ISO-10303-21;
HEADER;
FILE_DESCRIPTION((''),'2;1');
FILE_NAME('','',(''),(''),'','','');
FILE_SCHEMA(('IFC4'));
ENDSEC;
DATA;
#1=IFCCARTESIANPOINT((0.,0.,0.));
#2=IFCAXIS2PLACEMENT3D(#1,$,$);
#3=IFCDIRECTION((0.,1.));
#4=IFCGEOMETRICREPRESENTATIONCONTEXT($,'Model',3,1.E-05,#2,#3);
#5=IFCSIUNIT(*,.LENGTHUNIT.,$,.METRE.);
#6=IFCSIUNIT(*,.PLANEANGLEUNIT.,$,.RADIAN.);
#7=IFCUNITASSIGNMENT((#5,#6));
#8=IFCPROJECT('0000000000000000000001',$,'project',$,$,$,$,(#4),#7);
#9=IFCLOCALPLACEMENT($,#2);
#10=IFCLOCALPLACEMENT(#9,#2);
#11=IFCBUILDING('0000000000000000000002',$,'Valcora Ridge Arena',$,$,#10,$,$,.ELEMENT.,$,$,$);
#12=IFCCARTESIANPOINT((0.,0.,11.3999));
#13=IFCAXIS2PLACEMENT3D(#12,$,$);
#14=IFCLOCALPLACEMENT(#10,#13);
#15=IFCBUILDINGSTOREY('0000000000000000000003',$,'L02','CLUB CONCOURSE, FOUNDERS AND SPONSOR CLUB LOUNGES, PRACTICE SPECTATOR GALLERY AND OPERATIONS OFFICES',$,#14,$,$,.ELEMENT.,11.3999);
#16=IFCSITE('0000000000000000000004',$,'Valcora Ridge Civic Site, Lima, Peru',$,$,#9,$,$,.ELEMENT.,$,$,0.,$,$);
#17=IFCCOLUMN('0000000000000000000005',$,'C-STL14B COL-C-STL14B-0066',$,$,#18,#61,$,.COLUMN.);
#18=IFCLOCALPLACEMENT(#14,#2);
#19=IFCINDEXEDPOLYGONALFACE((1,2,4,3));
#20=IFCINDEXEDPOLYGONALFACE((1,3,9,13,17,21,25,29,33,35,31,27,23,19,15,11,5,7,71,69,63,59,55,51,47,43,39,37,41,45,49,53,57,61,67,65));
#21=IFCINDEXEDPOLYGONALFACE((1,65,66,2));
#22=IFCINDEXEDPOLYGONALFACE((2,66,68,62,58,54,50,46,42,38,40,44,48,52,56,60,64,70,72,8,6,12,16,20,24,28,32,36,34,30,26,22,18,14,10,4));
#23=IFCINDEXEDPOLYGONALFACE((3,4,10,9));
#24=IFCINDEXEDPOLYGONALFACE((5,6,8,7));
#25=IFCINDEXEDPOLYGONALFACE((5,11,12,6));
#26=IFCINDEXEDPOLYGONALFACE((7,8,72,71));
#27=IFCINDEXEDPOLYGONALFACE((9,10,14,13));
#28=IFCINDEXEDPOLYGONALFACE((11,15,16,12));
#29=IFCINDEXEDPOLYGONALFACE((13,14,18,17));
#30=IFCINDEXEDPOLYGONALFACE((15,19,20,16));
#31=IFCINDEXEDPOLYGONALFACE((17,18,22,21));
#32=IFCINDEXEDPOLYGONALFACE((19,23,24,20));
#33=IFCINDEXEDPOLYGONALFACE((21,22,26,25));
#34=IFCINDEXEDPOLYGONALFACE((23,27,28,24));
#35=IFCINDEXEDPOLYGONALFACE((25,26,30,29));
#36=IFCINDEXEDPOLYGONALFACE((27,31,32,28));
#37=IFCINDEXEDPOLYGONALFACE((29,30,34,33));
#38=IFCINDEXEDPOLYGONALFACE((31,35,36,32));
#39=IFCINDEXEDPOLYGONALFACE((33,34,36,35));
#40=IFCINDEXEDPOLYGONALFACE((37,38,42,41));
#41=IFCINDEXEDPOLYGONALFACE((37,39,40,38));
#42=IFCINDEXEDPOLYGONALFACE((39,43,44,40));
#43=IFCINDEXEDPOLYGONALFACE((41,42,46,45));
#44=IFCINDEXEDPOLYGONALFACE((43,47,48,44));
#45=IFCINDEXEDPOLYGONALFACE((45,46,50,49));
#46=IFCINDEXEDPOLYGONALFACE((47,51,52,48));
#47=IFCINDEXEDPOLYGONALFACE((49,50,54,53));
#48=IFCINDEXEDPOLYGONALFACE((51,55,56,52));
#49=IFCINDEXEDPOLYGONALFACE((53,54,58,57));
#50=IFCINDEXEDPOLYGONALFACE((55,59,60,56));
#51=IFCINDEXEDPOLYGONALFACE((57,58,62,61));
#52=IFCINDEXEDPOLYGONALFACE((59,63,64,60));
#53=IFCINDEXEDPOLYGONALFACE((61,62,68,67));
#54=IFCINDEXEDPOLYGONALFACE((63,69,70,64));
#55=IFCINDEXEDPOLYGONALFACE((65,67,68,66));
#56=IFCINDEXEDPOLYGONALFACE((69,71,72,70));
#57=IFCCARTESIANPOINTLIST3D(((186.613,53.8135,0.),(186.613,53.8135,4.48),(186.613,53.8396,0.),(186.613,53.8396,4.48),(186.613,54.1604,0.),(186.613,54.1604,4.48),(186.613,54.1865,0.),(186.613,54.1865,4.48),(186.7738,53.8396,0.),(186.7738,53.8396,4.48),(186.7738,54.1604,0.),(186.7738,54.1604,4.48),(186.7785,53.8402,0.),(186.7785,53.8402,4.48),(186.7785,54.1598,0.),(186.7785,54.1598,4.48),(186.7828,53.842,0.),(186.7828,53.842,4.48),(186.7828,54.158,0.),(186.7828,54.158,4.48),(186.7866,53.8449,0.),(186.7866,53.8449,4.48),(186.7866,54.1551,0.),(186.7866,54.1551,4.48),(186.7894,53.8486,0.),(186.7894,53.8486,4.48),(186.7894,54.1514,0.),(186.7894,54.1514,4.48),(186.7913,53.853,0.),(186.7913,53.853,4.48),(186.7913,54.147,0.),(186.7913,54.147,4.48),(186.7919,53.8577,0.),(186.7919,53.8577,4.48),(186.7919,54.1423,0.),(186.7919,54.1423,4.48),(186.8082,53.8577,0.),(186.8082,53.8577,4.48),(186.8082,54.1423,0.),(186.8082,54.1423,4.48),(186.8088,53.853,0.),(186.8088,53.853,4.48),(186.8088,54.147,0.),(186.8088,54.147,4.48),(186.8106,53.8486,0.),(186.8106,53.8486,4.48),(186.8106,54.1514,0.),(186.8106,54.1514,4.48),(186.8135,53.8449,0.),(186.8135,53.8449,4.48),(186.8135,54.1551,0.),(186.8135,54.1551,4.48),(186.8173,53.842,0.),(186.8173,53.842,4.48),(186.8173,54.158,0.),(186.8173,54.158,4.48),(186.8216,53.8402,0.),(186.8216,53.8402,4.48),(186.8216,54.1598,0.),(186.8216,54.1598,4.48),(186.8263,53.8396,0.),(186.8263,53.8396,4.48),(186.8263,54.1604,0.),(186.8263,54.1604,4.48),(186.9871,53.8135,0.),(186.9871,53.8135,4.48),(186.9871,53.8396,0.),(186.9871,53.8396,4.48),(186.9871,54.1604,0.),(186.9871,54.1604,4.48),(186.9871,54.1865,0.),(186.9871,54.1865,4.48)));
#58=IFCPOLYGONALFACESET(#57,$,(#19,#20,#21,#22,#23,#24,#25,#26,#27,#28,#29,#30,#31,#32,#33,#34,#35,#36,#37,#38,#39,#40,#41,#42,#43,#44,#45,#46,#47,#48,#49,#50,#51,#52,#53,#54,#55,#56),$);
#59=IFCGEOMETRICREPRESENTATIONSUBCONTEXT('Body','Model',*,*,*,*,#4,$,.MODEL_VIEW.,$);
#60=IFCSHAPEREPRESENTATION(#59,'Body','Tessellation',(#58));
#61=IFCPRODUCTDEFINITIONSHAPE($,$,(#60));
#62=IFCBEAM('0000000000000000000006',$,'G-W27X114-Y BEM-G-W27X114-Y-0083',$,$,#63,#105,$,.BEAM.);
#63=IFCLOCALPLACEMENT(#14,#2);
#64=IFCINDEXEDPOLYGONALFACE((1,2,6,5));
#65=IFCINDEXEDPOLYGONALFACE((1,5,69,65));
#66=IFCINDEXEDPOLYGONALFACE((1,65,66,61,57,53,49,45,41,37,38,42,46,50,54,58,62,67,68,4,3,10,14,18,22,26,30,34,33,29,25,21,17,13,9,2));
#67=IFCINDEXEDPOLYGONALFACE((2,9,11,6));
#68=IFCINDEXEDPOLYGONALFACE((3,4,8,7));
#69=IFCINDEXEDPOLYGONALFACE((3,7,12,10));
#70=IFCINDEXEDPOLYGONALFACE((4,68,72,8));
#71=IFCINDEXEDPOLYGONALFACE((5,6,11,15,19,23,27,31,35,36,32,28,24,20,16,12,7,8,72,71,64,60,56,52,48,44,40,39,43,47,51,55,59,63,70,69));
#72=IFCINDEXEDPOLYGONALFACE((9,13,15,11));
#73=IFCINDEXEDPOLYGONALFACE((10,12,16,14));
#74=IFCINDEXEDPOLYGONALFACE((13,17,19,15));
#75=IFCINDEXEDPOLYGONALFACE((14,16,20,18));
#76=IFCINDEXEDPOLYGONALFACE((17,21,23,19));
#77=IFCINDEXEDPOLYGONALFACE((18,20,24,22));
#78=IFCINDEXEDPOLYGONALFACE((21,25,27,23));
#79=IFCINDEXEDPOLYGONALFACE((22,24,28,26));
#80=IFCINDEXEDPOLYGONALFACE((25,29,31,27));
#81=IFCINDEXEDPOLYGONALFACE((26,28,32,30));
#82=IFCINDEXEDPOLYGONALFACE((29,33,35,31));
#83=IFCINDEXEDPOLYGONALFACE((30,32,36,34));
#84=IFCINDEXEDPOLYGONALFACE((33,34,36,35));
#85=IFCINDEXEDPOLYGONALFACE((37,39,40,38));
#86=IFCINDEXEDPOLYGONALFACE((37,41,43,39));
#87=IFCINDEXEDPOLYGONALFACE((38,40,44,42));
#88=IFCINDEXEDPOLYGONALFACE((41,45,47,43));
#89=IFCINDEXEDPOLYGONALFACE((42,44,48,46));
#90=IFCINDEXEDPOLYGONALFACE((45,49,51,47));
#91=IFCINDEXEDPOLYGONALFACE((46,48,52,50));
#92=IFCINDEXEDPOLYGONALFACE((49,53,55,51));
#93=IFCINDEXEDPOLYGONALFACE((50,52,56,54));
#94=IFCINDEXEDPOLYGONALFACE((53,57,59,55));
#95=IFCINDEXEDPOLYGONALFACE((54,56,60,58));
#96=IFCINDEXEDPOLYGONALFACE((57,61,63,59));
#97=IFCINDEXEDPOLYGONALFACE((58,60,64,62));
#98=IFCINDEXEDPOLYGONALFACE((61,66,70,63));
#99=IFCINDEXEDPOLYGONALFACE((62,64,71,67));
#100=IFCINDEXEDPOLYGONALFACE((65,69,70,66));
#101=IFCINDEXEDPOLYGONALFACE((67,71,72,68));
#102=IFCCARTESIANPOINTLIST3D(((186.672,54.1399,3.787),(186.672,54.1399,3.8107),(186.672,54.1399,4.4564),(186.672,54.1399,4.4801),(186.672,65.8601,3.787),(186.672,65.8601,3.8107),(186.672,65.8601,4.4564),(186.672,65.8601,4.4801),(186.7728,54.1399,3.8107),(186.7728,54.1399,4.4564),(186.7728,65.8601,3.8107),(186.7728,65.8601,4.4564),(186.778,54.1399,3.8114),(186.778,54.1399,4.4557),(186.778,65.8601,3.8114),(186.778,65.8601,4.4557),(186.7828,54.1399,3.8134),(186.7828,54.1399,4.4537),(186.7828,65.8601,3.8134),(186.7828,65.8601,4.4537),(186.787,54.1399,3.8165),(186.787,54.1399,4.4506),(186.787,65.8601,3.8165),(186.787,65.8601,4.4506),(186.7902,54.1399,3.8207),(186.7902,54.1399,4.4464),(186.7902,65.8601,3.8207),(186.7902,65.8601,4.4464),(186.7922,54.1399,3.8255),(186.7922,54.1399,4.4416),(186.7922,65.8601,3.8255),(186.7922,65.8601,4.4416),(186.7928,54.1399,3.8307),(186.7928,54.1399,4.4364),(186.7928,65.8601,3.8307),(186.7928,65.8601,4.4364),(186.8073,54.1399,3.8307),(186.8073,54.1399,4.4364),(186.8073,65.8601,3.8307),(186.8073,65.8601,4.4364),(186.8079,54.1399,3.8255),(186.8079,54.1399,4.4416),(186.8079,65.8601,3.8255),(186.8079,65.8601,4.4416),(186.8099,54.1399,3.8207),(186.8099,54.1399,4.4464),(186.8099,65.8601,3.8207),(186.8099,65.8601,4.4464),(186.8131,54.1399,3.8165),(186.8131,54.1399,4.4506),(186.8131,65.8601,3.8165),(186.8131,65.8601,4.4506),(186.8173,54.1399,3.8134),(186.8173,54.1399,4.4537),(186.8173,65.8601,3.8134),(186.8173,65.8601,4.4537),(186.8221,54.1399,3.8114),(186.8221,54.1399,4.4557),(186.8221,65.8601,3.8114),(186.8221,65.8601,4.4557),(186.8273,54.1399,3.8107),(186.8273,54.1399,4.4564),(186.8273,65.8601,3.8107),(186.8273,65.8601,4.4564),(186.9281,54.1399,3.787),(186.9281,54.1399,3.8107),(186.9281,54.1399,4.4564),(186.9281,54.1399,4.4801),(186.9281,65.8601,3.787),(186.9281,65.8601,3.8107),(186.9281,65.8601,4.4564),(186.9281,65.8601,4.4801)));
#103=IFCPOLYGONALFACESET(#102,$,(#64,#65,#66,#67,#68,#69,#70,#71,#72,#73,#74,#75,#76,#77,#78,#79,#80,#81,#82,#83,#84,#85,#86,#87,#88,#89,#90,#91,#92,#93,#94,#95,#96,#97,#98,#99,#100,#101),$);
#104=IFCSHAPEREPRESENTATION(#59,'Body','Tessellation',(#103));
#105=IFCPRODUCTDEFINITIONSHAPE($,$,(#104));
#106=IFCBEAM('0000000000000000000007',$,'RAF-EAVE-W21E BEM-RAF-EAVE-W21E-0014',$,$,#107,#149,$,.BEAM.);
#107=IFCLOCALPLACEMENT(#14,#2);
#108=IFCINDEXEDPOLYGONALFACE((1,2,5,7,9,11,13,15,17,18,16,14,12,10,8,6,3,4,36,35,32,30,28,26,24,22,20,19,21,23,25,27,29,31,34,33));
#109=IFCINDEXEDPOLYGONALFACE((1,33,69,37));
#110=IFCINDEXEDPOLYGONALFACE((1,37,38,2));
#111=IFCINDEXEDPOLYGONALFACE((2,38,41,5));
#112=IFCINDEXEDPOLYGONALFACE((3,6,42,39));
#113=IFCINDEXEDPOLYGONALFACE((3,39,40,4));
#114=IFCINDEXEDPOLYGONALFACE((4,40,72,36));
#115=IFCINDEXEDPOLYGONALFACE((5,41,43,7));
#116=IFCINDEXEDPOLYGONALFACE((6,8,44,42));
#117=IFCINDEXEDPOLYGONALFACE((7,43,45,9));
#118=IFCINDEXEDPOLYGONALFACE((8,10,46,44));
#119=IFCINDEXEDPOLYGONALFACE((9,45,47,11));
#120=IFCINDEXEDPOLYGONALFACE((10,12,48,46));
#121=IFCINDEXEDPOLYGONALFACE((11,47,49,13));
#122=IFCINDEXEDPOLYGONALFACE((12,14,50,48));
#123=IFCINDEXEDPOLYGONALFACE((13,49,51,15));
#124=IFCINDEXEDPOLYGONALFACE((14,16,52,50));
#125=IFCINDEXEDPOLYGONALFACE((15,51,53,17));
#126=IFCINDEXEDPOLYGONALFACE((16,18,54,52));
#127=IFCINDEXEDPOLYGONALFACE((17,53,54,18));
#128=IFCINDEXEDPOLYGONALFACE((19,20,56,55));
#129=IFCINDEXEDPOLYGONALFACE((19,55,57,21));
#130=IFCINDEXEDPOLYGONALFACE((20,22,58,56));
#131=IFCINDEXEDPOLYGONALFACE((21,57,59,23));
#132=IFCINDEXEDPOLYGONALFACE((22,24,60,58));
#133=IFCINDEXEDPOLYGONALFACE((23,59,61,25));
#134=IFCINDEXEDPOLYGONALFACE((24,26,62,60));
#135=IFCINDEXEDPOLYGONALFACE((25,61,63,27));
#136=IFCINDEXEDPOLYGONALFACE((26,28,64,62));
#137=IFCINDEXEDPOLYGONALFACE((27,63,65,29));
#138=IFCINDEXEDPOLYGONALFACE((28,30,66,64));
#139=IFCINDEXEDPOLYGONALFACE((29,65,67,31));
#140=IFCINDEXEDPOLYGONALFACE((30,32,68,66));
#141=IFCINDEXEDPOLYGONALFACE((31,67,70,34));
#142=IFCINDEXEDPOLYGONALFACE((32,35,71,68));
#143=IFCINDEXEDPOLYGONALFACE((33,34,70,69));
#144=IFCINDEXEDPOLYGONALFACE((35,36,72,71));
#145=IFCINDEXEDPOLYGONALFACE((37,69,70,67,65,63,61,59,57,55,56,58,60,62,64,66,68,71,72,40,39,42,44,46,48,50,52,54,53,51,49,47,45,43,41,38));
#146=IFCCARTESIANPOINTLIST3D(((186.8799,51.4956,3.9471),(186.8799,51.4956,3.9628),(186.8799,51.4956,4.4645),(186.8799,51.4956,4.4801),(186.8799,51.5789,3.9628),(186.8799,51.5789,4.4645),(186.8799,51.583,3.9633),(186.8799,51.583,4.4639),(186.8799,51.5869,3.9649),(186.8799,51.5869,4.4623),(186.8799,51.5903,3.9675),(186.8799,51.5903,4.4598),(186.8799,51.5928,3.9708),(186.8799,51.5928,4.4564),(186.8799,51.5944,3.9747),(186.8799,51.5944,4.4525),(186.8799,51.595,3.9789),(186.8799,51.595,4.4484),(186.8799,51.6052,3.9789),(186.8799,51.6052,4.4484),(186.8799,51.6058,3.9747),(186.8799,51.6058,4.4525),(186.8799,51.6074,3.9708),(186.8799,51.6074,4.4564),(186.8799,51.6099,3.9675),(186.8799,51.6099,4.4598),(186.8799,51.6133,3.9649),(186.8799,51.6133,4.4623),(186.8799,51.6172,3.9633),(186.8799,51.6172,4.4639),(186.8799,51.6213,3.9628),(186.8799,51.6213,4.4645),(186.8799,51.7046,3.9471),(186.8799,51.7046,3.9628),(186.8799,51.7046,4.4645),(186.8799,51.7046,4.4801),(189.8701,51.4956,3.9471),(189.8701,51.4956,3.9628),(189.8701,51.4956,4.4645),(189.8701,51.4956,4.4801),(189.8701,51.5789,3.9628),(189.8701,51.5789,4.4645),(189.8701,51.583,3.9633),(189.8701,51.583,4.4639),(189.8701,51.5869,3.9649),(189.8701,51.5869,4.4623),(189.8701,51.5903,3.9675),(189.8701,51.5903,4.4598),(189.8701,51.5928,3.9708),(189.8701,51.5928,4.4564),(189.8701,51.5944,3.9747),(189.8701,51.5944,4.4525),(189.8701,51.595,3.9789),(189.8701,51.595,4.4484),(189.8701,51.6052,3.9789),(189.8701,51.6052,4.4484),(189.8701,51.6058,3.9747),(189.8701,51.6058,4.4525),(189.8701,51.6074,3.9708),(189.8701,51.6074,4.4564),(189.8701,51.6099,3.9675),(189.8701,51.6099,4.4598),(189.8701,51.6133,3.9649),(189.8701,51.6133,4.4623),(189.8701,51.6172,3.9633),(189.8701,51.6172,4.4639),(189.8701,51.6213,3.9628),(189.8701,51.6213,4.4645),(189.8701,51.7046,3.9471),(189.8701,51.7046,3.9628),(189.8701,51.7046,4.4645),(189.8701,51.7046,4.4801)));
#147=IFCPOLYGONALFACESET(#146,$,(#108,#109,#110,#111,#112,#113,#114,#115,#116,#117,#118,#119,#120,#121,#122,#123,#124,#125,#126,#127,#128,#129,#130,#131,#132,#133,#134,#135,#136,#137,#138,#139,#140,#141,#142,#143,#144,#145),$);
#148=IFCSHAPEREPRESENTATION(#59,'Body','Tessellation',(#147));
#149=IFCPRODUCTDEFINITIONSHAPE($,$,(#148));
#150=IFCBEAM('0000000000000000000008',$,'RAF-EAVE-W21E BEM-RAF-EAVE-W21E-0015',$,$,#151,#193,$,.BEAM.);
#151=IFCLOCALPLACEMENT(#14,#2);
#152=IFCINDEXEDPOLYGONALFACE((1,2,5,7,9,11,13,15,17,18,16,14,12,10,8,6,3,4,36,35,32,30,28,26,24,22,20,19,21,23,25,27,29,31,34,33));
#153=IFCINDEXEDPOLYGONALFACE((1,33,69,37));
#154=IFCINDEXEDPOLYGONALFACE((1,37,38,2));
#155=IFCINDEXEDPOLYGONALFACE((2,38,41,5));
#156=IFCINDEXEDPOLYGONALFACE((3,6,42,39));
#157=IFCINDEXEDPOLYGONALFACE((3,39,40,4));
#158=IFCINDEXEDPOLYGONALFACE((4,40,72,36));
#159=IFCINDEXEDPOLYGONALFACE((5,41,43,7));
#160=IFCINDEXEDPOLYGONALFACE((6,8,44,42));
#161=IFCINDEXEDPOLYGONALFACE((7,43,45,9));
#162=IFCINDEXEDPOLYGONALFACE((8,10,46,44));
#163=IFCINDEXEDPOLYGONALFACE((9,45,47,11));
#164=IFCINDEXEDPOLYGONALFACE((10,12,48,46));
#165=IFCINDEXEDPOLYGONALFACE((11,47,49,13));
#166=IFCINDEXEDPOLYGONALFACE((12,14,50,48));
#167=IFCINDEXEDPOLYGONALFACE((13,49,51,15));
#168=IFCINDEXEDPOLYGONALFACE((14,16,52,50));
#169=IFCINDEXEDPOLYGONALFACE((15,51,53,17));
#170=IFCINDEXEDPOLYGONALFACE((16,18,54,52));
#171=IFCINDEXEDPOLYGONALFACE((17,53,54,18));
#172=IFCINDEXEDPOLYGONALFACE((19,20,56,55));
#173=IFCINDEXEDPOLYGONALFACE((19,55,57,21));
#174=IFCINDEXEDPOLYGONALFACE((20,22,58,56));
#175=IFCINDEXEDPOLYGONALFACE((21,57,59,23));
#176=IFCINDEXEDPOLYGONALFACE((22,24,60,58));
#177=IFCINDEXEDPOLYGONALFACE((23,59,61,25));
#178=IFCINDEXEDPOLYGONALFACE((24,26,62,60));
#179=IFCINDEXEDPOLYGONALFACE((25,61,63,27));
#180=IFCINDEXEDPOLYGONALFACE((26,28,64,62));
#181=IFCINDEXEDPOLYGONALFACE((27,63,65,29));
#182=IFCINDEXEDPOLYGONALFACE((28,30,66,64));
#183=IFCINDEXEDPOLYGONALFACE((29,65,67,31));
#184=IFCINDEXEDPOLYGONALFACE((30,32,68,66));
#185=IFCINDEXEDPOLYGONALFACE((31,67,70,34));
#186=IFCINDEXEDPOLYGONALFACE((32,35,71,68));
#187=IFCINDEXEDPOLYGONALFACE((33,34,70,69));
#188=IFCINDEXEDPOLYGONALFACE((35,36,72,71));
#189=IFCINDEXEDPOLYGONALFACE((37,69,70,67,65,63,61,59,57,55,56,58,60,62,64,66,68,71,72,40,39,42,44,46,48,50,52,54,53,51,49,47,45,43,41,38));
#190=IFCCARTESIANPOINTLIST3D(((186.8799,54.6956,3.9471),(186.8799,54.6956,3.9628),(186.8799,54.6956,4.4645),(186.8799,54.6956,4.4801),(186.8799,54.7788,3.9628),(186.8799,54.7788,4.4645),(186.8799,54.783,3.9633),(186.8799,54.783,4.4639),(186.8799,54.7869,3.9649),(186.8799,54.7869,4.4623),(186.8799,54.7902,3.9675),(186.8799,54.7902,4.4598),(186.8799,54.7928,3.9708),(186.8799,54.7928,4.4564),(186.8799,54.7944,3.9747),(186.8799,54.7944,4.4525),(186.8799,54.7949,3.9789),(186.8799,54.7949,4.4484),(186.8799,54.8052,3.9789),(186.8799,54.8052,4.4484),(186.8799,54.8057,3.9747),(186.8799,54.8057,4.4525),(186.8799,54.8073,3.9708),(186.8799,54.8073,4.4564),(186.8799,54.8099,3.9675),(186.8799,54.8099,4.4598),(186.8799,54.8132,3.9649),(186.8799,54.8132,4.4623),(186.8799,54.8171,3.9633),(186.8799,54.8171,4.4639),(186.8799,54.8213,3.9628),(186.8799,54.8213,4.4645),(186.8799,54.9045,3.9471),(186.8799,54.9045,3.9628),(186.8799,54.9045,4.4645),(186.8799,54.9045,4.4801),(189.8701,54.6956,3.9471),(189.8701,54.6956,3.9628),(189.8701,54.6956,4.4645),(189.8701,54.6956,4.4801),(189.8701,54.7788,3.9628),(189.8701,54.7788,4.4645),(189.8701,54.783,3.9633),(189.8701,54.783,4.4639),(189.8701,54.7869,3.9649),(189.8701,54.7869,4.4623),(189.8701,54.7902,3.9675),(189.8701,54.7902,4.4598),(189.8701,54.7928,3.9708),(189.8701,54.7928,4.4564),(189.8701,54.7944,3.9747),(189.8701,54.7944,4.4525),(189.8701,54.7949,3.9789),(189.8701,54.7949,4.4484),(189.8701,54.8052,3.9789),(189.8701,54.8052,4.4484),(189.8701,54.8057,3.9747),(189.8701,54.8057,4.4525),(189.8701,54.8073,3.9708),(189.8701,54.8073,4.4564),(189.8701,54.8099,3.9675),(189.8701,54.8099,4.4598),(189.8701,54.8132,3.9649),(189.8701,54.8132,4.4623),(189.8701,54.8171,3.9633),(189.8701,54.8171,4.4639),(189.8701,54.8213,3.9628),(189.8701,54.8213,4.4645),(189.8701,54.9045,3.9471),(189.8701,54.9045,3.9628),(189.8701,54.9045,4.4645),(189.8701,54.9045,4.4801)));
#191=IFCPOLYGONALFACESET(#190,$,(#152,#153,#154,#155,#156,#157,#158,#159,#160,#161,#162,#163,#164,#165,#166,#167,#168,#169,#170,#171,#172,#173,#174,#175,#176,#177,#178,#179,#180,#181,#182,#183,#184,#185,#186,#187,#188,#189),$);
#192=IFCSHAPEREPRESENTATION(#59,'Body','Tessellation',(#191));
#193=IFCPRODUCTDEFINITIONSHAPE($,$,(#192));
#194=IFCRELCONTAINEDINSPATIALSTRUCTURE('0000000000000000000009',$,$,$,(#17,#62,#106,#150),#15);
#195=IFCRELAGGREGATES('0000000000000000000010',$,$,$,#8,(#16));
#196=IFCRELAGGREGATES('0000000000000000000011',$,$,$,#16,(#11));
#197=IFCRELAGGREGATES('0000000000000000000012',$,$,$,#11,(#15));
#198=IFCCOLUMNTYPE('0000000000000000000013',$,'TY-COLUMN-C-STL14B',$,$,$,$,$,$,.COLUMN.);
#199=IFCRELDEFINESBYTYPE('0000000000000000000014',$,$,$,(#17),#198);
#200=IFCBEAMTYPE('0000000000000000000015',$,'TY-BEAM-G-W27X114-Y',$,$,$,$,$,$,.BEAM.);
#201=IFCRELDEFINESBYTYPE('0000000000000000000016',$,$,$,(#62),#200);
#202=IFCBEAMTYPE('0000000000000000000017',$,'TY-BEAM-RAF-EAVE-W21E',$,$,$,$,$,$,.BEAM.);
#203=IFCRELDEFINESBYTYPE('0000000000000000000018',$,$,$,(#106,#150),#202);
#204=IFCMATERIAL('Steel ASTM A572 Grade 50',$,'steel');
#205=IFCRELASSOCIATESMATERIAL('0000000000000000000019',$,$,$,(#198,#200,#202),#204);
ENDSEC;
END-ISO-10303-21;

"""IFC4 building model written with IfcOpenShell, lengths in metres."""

from ifc_helpers import new_model, si_unit, direction, frame, origin, origin_2d, place, context, subcontext, project, spatial, i_section, extrude, material, material_profile, profile_set, type_object, element, save


model = new_model("IFC4")

# Units and contexts
model_context = context("Model", 3, precision=1e-05, world=origin(), true_north=direction((0.0, 1.0)))
body_context = subcontext(model_context, "Body", "Model", "MODEL_VIEW")
ifc_project = project(units=[si_unit("LENGTHUNIT", "METRE"), si_unit("PLANEANGLEUNIT", "RADIAN")], contexts=[model_context])

# Site, building, storey
site_placement = place(None, origin())
site = spatial("IfcSite", under=ifc_project, at=site_placement, Name="Valcora Ridge Civic Site, Lima, Peru", CompositionType="ELEMENT", RefElevation=0.0)
building_placement = place(site_placement, origin())
building = spatial("IfcBuilding", under=site, at=building_placement, Name="Valcora Ridge Arena", CompositionType="ELEMENT")
storey_placement = place(building_placement, frame((0.0, 0.0, 11.3999)))
storey = spatial("IfcBuildingStorey", under=building, at=storey_placement, Name="L02", Description="CLUB CONCOURSE, FOUNDERS AND SPONSOR CLUB LOUNGES, PRACTICE SPECTATOR GALLERY AND OPERATIONS OFFICES", CompositionType="ELEMENT", Elevation=11.3999)

# Column
ifc_material_1 = material(Name="Steel ASTM A572 Grade 50", Category="steel")
ifc_material_profile_1 = material_profile(ifc_material_1, i_section(OverallWidth=0.374, OverallDepth=0.373, WebThickness=0.0164, FlangeThickness=0.0261, FilletRadius=0.0181, at=origin_2d()), Name="W14X132")
ifc_profile_set_1 = profile_set([ifc_material_profile_1], Name="Steel ASTM A572 Grade 50")
column_type = type_object("IfcColumnType", Name="TY-COLUMN-C-STL14B", PredefinedType="COLUMN", material=ifc_profile_set_1)
column_placement = place(storey_placement, frame((186.8, 54.0, 0.0), z_axis=(0.0, 0.0, 1.0), x_axis=(1.0, 0.0, 0.0)))
element("IfcColumn", 1, at=column_placement, inside=storey, type_object=column_type, Name="C-STL14B COL-C-STL14B-0066", PredefinedType="COLUMN", context=body_context, shape_type="SweptSolid", body=[
    extrude(i_section(OverallWidth=0.374, OverallDepth=0.373, WebThickness=0.0164, FlangeThickness=0.0261, FilletRadius=0.0181, at=origin_2d()), origin(), (0.0, 0.0, 1.0), 4.48),
])

# Beams
ifc_material_profile_2 = material_profile(ifc_material_1, i_section(OverallWidth=0.2561, OverallDepth=0.6931, WebThickness=0.0144, FlangeThickness=0.0237, FilletRadius=0.02, at=origin_2d()), Name="W27X114")
ifc_profile_set_2 = profile_set([ifc_material_profile_2], Name="Steel ASTM A572 Grade 50")
beam_type_1 = type_object("IfcBeamType", Name="TY-BEAM-G-W27X114-Y", PredefinedType="BEAM", material=ifc_profile_set_2)
beam_placement = place(storey_placement, frame((186.8, 54.1399, 4.1335), z_axis=(0.0, 1.0, 0.0), x_axis=(-1.0, 0.0, 0.0)))
element("IfcBeam", 2, at=beam_placement, inside=storey, type_object=beam_type_1, Name="G-W27X114-Y BEM-G-W27X114-Y-0083", PredefinedType="BEAM", context=body_context, shape_type="SweptSolid", body=[
    extrude(i_section(OverallWidth=0.2561, OverallDepth=0.6931, WebThickness=0.0144, FlangeThickness=0.0237, FilletRadius=0.02, at=origin_2d()), origin(), (0.0, 0.0, 1.0), 11.7202),
])
ifc_material_profile_3 = material_profile(ifc_material_1, i_section(OverallWidth=0.209, OverallDepth=0.533, WebThickness=0.0103, FlangeThickness=0.0156, FilletRadius=0.0161, at=origin_2d()), Name="W21X62")
ifc_profile_set_3 = profile_set([ifc_material_profile_3], Name="Steel ASTM A572 Grade 50")
beam_type_2 = type_object("IfcBeamType", Name="TY-BEAM-RAF-EAVE-W21E", PredefinedType="BEAM", material=ifc_profile_set_3)
for number, where, z_axis, x_axis, name in (
    (3, (186.8799, 51.6001, 4.2136), (1.0, 0.0, 0.0), (0.0, 1.0, 0.0), "RAF-EAVE-W21E BEM-RAF-EAVE-W21E-0014"),
    (4, (186.8799, 54.8, 4.2136), (1.0, 0.0, 0.0), (0.0, 1.0, 0.0), "RAF-EAVE-W21E BEM-RAF-EAVE-W21E-0015"),
):
    element("IfcBeam", number, at=place(storey_placement, frame(where, z_axis=z_axis, x_axis=x_axis)), inside=storey, type_object=beam_type_2, Name=name, PredefinedType="BEAM", context=body_context, shape_type="SweptSolid", body=[
        extrude(i_section(OverallWidth=0.209, OverallDepth=0.533, WebThickness=0.0103, FlangeThickness=0.0156, FilletRadius=0.0161, at=origin_2d()), origin(), (0.0, 0.0, 1.0), 2.9902),
    ])

save(model, "model.ifc")
